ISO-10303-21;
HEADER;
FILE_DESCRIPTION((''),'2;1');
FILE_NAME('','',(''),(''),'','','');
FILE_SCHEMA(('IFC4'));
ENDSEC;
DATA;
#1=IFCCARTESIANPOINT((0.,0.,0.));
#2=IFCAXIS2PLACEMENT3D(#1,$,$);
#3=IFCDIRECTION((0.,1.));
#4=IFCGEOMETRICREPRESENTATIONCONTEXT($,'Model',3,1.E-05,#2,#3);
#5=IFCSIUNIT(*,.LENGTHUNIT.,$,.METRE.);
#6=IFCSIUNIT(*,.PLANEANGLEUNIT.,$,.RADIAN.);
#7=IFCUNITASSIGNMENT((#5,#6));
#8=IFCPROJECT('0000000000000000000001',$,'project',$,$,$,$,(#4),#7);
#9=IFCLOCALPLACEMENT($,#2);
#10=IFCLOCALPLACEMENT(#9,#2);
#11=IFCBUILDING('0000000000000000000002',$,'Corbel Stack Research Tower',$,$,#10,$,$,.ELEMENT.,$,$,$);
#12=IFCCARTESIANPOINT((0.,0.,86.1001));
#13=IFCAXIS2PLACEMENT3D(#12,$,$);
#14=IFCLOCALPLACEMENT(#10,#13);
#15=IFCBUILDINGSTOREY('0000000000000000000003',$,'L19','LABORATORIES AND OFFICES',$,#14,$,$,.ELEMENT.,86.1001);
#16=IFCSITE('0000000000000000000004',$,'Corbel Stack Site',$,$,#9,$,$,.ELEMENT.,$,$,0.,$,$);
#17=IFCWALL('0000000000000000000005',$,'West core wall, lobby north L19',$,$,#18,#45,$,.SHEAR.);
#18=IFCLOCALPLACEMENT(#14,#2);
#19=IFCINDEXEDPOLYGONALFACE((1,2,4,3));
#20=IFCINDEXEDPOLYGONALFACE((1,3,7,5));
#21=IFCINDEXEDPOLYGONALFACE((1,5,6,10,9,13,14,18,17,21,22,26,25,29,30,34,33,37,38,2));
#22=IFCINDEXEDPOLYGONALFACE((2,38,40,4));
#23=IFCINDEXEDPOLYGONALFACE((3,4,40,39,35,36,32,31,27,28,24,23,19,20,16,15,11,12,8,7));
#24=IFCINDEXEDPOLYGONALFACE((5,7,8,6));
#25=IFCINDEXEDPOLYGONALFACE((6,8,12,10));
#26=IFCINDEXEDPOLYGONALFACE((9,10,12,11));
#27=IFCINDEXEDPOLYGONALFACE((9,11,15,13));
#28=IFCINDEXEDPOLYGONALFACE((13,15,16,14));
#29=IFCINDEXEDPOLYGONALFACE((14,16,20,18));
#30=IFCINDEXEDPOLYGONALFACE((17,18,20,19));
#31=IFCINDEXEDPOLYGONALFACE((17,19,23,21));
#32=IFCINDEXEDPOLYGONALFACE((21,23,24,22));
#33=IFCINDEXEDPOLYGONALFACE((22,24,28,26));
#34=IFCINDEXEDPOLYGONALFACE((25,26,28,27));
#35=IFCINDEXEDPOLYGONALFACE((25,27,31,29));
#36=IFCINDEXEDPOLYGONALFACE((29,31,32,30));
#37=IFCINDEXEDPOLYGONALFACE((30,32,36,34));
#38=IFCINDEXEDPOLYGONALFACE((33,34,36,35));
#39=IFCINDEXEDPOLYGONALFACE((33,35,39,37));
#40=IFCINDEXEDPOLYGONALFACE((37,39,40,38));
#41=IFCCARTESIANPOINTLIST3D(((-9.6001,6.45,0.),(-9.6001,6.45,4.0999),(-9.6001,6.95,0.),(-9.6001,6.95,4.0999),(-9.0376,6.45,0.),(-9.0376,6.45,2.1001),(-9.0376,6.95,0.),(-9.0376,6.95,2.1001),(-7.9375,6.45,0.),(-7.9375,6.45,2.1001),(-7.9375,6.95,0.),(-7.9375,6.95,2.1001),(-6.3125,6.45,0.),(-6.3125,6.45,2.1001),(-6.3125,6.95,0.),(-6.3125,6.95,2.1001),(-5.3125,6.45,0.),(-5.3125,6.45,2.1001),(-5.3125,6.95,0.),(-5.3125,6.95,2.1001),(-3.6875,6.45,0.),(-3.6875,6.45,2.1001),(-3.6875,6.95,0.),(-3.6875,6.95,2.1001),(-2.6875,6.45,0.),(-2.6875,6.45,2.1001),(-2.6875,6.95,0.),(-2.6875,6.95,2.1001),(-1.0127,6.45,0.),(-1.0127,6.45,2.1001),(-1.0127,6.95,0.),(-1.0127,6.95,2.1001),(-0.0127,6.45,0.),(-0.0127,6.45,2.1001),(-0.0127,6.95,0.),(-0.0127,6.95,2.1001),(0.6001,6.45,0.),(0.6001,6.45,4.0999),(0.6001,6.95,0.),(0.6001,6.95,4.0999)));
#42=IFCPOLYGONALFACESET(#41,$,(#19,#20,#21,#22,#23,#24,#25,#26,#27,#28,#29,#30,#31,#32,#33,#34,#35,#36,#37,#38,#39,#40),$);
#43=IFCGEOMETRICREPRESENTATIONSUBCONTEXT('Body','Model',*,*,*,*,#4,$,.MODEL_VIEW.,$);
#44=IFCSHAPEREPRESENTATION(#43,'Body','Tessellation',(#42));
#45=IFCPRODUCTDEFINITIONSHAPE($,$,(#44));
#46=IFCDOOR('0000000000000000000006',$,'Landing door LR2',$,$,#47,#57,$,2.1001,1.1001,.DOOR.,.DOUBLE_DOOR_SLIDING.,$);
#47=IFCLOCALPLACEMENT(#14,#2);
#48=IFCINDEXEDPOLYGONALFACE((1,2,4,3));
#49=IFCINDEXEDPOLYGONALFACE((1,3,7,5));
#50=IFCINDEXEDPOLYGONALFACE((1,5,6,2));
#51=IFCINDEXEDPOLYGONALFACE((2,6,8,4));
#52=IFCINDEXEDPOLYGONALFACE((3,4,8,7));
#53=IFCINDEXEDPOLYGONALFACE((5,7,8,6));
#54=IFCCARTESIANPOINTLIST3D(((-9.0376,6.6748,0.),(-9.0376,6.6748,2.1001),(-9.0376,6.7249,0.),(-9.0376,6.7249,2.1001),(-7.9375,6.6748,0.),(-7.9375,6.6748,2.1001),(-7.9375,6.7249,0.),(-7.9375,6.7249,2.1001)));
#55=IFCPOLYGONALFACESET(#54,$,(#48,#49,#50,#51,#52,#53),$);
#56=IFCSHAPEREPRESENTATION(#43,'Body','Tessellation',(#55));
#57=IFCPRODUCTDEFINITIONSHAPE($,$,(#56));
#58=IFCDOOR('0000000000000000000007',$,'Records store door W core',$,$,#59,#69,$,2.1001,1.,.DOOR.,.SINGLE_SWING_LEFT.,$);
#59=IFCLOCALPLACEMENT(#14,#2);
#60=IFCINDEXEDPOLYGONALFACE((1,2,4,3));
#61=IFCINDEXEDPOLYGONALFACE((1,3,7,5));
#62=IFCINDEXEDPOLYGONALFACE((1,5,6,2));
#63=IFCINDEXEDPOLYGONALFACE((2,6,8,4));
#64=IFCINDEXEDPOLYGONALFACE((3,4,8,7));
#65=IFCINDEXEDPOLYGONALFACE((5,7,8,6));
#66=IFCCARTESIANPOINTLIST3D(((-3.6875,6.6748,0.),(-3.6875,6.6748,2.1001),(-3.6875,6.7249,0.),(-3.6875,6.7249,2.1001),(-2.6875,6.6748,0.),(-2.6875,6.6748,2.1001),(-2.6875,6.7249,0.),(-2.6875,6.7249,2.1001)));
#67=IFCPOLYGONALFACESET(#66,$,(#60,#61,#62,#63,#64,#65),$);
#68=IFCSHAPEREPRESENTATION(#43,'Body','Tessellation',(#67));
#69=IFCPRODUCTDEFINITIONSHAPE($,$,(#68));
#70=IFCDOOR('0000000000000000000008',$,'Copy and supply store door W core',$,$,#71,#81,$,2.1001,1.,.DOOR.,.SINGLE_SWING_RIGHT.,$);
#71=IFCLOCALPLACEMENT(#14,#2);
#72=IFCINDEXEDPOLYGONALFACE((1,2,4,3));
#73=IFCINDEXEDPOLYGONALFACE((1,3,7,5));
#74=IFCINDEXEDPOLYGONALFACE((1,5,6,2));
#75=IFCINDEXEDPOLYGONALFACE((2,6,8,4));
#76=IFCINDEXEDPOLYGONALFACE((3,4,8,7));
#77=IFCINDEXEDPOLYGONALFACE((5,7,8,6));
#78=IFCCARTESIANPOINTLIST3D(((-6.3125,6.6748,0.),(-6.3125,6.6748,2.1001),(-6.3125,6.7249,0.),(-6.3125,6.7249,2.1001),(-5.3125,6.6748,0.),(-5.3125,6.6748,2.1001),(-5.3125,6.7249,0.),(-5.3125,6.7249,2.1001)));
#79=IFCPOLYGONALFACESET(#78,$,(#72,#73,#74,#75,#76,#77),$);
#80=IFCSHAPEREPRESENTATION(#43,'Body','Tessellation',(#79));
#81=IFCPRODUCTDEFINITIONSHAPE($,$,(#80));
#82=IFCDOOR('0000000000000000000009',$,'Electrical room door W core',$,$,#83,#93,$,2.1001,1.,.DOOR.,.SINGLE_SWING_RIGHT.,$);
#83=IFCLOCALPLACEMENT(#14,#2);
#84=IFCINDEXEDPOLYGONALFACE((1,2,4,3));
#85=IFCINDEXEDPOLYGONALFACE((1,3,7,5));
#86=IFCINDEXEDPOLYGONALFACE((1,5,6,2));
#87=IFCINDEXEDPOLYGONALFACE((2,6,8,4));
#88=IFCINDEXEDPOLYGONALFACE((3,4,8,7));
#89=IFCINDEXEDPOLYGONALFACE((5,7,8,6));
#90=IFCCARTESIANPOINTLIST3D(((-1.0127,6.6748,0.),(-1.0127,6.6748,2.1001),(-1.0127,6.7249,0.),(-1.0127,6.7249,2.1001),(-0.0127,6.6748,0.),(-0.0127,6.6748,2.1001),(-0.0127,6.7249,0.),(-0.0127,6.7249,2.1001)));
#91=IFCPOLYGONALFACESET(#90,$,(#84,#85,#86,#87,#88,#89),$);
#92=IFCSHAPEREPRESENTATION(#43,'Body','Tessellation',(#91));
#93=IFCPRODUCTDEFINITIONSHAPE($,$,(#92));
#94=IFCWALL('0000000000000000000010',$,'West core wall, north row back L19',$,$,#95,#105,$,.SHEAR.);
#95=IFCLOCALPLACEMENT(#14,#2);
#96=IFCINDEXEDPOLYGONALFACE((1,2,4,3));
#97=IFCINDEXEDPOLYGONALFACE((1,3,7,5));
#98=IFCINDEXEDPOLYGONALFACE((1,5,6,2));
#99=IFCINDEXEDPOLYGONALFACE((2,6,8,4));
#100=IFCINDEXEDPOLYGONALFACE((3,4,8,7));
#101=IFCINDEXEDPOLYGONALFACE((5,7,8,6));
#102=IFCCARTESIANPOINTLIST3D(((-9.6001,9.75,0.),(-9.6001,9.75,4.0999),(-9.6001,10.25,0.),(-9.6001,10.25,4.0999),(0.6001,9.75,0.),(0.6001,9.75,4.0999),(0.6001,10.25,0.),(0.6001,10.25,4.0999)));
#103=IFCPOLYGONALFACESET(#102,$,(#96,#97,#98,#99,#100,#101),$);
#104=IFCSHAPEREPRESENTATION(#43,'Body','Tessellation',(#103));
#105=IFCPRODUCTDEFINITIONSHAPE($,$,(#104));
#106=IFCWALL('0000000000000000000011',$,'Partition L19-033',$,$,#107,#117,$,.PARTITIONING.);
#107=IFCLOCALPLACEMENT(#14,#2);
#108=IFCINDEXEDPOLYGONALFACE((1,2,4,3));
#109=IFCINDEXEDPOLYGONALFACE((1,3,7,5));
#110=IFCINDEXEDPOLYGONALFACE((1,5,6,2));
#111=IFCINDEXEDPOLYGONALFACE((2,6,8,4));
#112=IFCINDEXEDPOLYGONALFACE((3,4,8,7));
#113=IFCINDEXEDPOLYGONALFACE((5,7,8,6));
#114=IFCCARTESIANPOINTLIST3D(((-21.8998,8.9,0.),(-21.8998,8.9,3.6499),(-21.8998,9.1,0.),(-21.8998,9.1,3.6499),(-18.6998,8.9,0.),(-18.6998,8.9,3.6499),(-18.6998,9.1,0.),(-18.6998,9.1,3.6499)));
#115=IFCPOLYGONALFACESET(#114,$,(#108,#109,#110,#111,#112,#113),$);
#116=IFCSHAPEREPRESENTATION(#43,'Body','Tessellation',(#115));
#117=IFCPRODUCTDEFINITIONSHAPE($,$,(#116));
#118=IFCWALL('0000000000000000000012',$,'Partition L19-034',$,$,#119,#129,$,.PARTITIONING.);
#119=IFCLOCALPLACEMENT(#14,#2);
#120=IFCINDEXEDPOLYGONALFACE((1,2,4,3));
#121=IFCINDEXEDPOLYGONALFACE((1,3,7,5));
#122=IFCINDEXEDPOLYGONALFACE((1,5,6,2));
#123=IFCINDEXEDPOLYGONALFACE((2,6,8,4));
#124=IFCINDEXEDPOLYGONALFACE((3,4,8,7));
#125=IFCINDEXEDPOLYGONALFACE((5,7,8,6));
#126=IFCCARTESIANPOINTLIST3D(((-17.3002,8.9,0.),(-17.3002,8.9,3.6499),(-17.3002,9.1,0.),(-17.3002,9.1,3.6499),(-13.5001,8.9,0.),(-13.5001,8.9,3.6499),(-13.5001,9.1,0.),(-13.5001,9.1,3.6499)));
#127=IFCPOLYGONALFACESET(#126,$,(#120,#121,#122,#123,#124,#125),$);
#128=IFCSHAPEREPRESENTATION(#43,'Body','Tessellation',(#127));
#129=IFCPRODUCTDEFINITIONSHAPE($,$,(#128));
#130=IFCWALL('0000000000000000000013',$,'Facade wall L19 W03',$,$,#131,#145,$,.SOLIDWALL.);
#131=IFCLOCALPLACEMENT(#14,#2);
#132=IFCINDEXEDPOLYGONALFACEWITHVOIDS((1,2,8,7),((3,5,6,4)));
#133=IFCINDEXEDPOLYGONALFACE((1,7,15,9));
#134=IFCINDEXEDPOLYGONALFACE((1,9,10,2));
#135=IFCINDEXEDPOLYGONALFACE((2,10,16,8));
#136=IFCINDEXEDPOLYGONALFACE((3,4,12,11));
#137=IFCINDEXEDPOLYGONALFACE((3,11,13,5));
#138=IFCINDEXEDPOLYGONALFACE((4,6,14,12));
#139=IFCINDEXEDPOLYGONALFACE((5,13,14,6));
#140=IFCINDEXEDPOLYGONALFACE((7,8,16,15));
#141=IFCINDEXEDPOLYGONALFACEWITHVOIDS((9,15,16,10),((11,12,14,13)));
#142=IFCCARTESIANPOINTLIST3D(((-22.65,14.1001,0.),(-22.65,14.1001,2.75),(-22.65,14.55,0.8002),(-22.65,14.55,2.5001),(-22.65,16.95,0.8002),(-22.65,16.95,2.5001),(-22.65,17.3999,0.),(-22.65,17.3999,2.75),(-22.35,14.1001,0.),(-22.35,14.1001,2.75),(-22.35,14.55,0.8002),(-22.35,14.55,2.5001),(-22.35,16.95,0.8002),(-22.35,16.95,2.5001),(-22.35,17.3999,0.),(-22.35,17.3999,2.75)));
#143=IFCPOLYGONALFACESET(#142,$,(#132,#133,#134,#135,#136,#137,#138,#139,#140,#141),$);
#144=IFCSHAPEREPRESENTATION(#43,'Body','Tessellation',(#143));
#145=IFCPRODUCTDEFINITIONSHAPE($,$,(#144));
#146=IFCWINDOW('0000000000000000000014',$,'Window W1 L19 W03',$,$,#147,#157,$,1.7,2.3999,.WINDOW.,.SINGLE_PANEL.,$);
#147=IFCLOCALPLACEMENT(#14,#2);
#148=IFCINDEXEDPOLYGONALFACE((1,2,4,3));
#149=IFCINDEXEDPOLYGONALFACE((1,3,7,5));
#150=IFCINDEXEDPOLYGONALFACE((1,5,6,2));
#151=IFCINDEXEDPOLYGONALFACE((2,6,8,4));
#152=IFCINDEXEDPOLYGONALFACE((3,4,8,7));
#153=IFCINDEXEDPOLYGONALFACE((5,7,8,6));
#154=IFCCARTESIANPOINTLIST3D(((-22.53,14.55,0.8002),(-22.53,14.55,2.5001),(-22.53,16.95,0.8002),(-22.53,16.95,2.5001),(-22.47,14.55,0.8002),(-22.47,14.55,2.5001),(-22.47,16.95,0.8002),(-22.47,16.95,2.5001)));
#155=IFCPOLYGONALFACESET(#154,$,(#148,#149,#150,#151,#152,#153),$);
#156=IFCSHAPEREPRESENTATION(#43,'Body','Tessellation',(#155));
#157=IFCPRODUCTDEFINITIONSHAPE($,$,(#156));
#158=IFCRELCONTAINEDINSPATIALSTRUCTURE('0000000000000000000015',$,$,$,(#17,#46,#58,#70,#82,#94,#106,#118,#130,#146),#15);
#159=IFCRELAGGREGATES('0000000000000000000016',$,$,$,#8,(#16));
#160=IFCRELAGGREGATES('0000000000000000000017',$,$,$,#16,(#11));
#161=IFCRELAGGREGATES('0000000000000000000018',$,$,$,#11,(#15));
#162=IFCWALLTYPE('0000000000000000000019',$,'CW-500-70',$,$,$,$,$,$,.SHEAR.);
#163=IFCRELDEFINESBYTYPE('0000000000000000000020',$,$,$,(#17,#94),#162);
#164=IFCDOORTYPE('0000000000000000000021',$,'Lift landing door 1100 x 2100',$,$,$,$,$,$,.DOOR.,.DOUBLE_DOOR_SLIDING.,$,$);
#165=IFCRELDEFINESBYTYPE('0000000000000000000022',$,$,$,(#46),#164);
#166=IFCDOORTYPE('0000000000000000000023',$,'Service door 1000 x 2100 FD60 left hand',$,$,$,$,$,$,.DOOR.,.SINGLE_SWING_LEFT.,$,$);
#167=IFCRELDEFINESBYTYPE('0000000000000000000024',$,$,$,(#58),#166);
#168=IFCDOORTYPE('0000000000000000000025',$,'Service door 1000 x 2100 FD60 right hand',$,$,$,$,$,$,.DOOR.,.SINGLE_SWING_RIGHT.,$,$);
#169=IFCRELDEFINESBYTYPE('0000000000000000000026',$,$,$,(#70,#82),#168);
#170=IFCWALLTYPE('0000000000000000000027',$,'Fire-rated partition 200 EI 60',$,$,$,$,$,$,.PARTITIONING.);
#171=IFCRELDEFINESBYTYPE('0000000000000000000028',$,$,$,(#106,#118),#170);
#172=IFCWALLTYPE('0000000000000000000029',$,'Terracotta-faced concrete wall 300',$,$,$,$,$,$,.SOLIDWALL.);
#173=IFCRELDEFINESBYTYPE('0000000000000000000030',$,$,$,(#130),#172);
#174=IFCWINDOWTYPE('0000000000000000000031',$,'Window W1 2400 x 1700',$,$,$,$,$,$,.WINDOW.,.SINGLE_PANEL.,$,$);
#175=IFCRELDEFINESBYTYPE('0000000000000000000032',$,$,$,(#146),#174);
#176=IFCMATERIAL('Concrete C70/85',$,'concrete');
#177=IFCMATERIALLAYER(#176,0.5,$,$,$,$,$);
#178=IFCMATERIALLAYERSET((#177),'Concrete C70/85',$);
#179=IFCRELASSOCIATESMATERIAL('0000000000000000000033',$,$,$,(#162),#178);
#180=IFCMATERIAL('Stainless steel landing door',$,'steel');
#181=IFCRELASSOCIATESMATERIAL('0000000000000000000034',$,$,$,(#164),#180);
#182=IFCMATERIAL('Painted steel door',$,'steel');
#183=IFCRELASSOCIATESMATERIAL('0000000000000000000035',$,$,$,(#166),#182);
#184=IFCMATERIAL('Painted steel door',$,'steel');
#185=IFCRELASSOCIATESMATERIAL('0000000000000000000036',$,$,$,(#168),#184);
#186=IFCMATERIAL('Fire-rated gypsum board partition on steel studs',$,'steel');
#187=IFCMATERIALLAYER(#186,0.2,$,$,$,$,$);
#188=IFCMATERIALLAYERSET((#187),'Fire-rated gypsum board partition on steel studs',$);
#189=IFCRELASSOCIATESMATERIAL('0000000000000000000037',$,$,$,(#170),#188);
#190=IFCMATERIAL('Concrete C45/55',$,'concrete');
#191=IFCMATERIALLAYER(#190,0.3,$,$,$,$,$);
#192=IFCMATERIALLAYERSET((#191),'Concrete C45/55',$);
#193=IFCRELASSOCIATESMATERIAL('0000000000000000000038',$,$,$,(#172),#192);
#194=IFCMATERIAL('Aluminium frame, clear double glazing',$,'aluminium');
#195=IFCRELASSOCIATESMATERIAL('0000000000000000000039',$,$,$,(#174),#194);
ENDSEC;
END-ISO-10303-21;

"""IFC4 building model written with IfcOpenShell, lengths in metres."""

from ifc_helpers import new_model, si_unit, direction, frame, frame_2d, origin, place, context, subcontext, project, spatial, rectangle, extrude, material, layer, layer_set, type_object, element, fill, save


model = new_model("IFC4")

# Units and contexts
model_context = context("Model", 3, precision=1e-05, world=origin(), true_north=direction((0.0, 1.0)))
body_context = subcontext(model_context, "Body", "Model", "MODEL_VIEW")
ifc_project = project(units=[si_unit("LENGTHUNIT", "METRE"), si_unit("PLANEANGLEUNIT", "RADIAN")], contexts=[model_context])

# Site, building, storey
site_placement = place(None, origin())
site = spatial("IfcSite", under=ifc_project, at=site_placement, Name="Corbel Stack Site", CompositionType="ELEMENT", RefElevation=0.0)
building_placement = place(site_placement, origin())
building = spatial("IfcBuilding", under=site, at=building_placement, Name="Corbel Stack Research Tower", CompositionType="ELEMENT")
storey_placement = place(building_placement, frame((0.0, 0.0, 86.1001)))
storey = spatial("IfcBuildingStorey", under=building, at=storey_placement, Name="L19", Description="LABORATORIES AND OFFICES", CompositionType="ELEMENT", Elevation=86.1001)

# Wall, openings, doors
ifc_material_1 = material(Name="Concrete C70/85", Category="concrete")
ifc_layer_1 = layer(ifc_material_1, 0.5)
ifc_layer_set_1 = layer_set([ifc_layer_1], Name="Concrete C70/85")
wall_type_1 = type_object("IfcWallType", Name="CW-500-70", PredefinedType="SHEAR", material=ifc_layer_set_1)
ifc_material_2 = material(Name="Stainless steel landing door", Category="steel")
door_type_1 = type_object("IfcDoorType", Name="Lift landing door 1100 x 2100", OperationType="DOUBLE_DOOR_SLIDING", PredefinedType="DOOR", material=ifc_material_2)
wall_1_placement = place(storey_placement, frame((-9.6001, 6.7, 0.0), z_axis=(0.0, 0.0, 1.0), x_axis=(1.0, 0.0, 0.0)))
wall_1 = element("IfcWall", 1, at=wall_1_placement, inside=storey, type_object=wall_type_1, Name="West core wall, lobby north L19", PredefinedType="SHEAR", context=body_context, shape_type="SweptSolid", body=[
    extrude(rectangle(XDim=10.2002, YDim=0.5, at=frame_2d((5.1001, 0.0))), origin(), (0.0, 0.0, 1.0), 4.0999),
])
opening_1_placement = place(wall_1_placement, frame((0.5625, 0.0, 0.0)))
opening_1 = element("IfcOpeningElement", 2, at=opening_1_placement, cuts=wall_1, PredefinedType="OPENING", context=body_context, shape_type="SweptSolid", body=[
    extrude(rectangle(XDim=1.1001, YDim=2.1001, at=frame_2d((0.55, 1.05))), frame((0.0, 0.26, 0.0), z_axis=(0.0, -1.0, 0.0), x_axis=(1.0, 0.0, 0.0)), (0.0, 0.0, 1.0), 0.52),
])
opening_2_placement = place(wall_1_placement, frame((3.2876, 0.0, 0.0)))
opening_2 = element("IfcOpeningElement", 3, at=opening_2_placement, cuts=wall_1, PredefinedType="OPENING", context=body_context, shape_type="SweptSolid", body=[
    extrude(rectangle(XDim=1.0, YDim=2.1001, at=frame_2d((0.5, 1.05))), frame((0.0, 0.26, 0.0), z_axis=(0.0, -1.0, 0.0), x_axis=(1.0, 0.0, 0.0)), (0.0, 0.0, 1.0), 0.52),
])
opening_3_placement = place(wall_1_placement, frame((5.9126, 0.0, 0.0)))
opening_3 = element("IfcOpeningElement", 4, at=opening_3_placement, cuts=wall_1, PredefinedType="OPENING", context=body_context, shape_type="SweptSolid", body=[
    extrude(rectangle(XDim=1.0, YDim=2.1001, at=frame_2d((0.5, 1.05))), frame((0.0, 0.26, 0.0), z_axis=(0.0, -1.0, 0.0), x_axis=(1.0, 0.0, 0.0)), (0.0, 0.0, 1.0), 0.52),
])
opening_4_placement = place(wall_1_placement, frame((8.5874, 0.0, 0.0)))
opening_4 = element("IfcOpeningElement", 5, at=opening_4_placement, cuts=wall_1, PredefinedType="OPENING", context=body_context, shape_type="SweptSolid", body=[
    extrude(rectangle(XDim=1.0, YDim=2.1001, at=frame_2d((0.5, 1.05))), frame((0.0, 0.26, 0.0), z_axis=(0.0, -1.0, 0.0), x_axis=(1.0, 0.0, 0.0)), (0.0, 0.0, 1.0), 0.52),
])
door_1_placement = place(opening_1_placement, origin())
door_1 = element("IfcDoor", 6, at=door_1_placement, inside=storey, type_object=door_type_1, Name="Landing door LR2", OperationType="DOUBLE_DOOR_SLIDING", OverallHeight=2.1001, OverallWidth=1.1001, PredefinedType="DOOR", context=body_context, shape_type="SweptSolid", body=[
    extrude(rectangle(XDim=1.1001, YDim=2.1001, at=frame_2d((0.55, 1.05))), frame((0.0, 0.0249, 0.0), z_axis=(0.0, -1.0, 0.0), x_axis=(1.0, 0.0, 0.0)), (0.0, 0.0, 1.0), 0.05),
])
fill(opening_1, door_1)
ifc_material_3 = material(Name="Painted steel door", Category="steel")
door_type_2 = type_object("IfcDoorType", Name="Service door 1000 x 2100 FD60 left hand", OperationType="SINGLE_SWING_LEFT", PredefinedType="DOOR", material=ifc_material_3)
door_2_placement = place(opening_3_placement, origin())
door_2 = element("IfcDoor", 7, at=door_2_placement, inside=storey, type_object=door_type_2, Name="Records store door W core", OperationType="SINGLE_SWING_LEFT", OverallHeight=2.1001, OverallWidth=1.0, PredefinedType="DOOR", context=body_context, shape_type="SweptSolid", body=[
    extrude(rectangle(XDim=1.0, YDim=2.1001, at=frame_2d((0.5, 1.05))), frame((0.0, 0.0249, 0.0), z_axis=(0.0, -1.0, 0.0), x_axis=(1.0, 0.0, 0.0)), (0.0, 0.0, 1.0), 0.05),
])
fill(opening_3, door_2)
ifc_material_4 = material(Name="Painted steel door", Category="steel")
door_type_3 = type_object("IfcDoorType", Name="Service door 1000 x 2100 FD60 right hand", OperationType="SINGLE_SWING_RIGHT", PredefinedType="DOOR", material=ifc_material_4)
door_3_placement = place(opening_2_placement, origin())
door_3 = element("IfcDoor", 8, at=door_3_placement, inside=storey, type_object=door_type_3, Name="Copy and supply store door W core", OperationType="SINGLE_SWING_RIGHT", OverallHeight=2.1001, OverallWidth=1.0, PredefinedType="DOOR", context=body_context, shape_type="SweptSolid", body=[
    extrude(rectangle(XDim=1.0, YDim=2.1001, at=frame_2d((0.5, 1.05))), frame((0.0, 0.0249, 0.0), z_axis=(0.0, -1.0, 0.0), x_axis=(1.0, 0.0, 0.0)), (0.0, 0.0, 1.0), 0.05),
])
fill(opening_2, door_3)
door_4_placement = place(opening_4_placement, origin())
door_4 = element("IfcDoor", 9, at=door_4_placement, inside=storey, type_object=door_type_3, Name="Electrical room door W core", OperationType="SINGLE_SWING_RIGHT", OverallHeight=2.1001, OverallWidth=1.0, PredefinedType="DOOR", context=body_context, shape_type="SweptSolid", body=[
    extrude(rectangle(XDim=1.0, YDim=2.1001, at=frame_2d((0.5, 1.05))), frame((0.0, 0.0249, 0.0), z_axis=(0.0, -1.0, 0.0), x_axis=(1.0, 0.0, 0.0)), (0.0, 0.0, 1.0), 0.05),
])
fill(opening_4, door_4)

# Walls
wall_2_placement = place(storey_placement, frame((-9.6001, 10.0, 0.0), z_axis=(0.0, 0.0, 1.0), x_axis=(1.0, 0.0, 0.0)))
element("IfcWall", 10, at=wall_2_placement, inside=storey, type_object=wall_type_1, Name="West core wall, north row back L19", PredefinedType="SHEAR", context=body_context, shape_type="SweptSolid", body=[
    extrude(rectangle(XDim=10.2002, YDim=0.5, at=frame_2d((5.1001, 0.0))), origin(), (0.0, 0.0, 1.0), 4.0999),
])
ifc_material_5 = material(Name="Fire-rated gypsum board partition on steel studs", Category="steel")
ifc_layer_2 = layer(ifc_material_5, 0.2)
ifc_layer_set_2 = layer_set([ifc_layer_2], Name="Fire-rated gypsum board partition on steel studs")
wall_type_2 = type_object("IfcWallType", Name="Fire-rated partition 200 EI 60", PredefinedType="PARTITIONING", material=ifc_layer_set_2)
wall_3_placement = place(storey_placement, frame((-21.8999, 9.0, 0.0), z_axis=(0.0, 0.0, 1.0), x_axis=(1.0, 0.0, 0.0)))
element("IfcWall", 11, at=wall_3_placement, inside=storey, type_object=wall_type_2, Name="Partition L19-033", PredefinedType="PARTITIONING", context=body_context, shape_type="SweptSolid", body=[
    extrude(rectangle(XDim=3.2, YDim=0.2, at=frame_2d((1.6001, 0.0))), origin(), (0.0, 0.0, 1.0), 3.6499),
])
wall_4_placement = place(storey_placement, frame((-17.3, 9.0, 0.0), z_axis=(0.0, 0.0, 1.0), x_axis=(1.0, 0.0, 0.0)))
element("IfcWall", 12, at=wall_4_placement, inside=storey, type_object=wall_type_2, Name="Partition L19-034", PredefinedType="PARTITIONING", context=body_context, shape_type="SweptSolid", body=[
    extrude(rectangle(XDim=3.8, YDim=0.2, at=frame_2d((1.8999, 0.0))), origin(), (0.0, 0.0, 1.0), 3.6499),
])

# Wall, opening, window
ifc_material_6 = material(Name="Concrete C45/55", Category="concrete")
ifc_layer_3 = layer(ifc_material_6, 0.3)
ifc_layer_set_3 = layer_set([ifc_layer_3], Name="Concrete C45/55")
wall_type_3 = type_object("IfcWallType", Name="Terracotta-faced concrete wall 300", PredefinedType="SOLIDWALL", material=ifc_layer_set_3)
wall_5_placement = place(storey_placement, frame((-22.5, 14.1001, 0.0), z_axis=(0.0, 0.0, 1.0), x_axis=(0.0, 1.0, 0.0)))
wall_5 = element("IfcWall", 13, at=wall_5_placement, inside=storey, type_object=wall_type_3, Name="Facade wall L19 W03", PredefinedType="SOLIDWALL", context=body_context, shape_type="SweptSolid", body=[
    extrude(rectangle(XDim=3.2998, YDim=0.3, at=frame_2d((1.6499, 0.0))), origin(), (0.0, 0.0, 1.0), 2.75),
])
opening_5_placement = place(wall_5_placement, frame((0.45, 0.0, 0.8)))
opening_5 = element("IfcOpeningElement", 14, at=opening_5_placement, cuts=wall_5, PredefinedType="OPENING", context=body_context, shape_type="SweptSolid", body=[
    extrude(rectangle(XDim=2.3999, YDim=1.7, at=frame_2d((1.2, 0.8501))), frame((0.0, 0.1599, 0.0), z_axis=(0.0, -1.0, 0.0), x_axis=(1.0, 0.0, 0.0)), (0.0, 0.0, 1.0), 0.3201),
])
ifc_material_7 = material(Name="Aluminium frame, clear double glazing", Category="aluminium")
window_type = type_object("IfcWindowType", Name="Window W1 2400 x 1700", PartitioningType="SINGLE_PANEL", PredefinedType="WINDOW", material=ifc_material_7)
window_placement = place(opening_5_placement, origin())
window = element("IfcWindow", 15, at=window_placement, inside=storey, type_object=window_type, Name="Window W1 L19 W03", OverallHeight=1.7, OverallWidth=2.3999, PartitioningType="SINGLE_PANEL", PredefinedType="WINDOW", context=body_context, shape_type="SweptSolid", body=[
    extrude(rectangle(XDim=2.3999, YDim=1.7, at=frame_2d((1.2, 0.8501))), frame((0.0, 0.03, 0.0), z_axis=(0.0, -1.0, 0.0), x_axis=(1.0, 0.0, 0.0)), (0.0, 0.0, 1.0), 0.0601),
])
fill(opening_5, window)

save(model, "model.ifc")
